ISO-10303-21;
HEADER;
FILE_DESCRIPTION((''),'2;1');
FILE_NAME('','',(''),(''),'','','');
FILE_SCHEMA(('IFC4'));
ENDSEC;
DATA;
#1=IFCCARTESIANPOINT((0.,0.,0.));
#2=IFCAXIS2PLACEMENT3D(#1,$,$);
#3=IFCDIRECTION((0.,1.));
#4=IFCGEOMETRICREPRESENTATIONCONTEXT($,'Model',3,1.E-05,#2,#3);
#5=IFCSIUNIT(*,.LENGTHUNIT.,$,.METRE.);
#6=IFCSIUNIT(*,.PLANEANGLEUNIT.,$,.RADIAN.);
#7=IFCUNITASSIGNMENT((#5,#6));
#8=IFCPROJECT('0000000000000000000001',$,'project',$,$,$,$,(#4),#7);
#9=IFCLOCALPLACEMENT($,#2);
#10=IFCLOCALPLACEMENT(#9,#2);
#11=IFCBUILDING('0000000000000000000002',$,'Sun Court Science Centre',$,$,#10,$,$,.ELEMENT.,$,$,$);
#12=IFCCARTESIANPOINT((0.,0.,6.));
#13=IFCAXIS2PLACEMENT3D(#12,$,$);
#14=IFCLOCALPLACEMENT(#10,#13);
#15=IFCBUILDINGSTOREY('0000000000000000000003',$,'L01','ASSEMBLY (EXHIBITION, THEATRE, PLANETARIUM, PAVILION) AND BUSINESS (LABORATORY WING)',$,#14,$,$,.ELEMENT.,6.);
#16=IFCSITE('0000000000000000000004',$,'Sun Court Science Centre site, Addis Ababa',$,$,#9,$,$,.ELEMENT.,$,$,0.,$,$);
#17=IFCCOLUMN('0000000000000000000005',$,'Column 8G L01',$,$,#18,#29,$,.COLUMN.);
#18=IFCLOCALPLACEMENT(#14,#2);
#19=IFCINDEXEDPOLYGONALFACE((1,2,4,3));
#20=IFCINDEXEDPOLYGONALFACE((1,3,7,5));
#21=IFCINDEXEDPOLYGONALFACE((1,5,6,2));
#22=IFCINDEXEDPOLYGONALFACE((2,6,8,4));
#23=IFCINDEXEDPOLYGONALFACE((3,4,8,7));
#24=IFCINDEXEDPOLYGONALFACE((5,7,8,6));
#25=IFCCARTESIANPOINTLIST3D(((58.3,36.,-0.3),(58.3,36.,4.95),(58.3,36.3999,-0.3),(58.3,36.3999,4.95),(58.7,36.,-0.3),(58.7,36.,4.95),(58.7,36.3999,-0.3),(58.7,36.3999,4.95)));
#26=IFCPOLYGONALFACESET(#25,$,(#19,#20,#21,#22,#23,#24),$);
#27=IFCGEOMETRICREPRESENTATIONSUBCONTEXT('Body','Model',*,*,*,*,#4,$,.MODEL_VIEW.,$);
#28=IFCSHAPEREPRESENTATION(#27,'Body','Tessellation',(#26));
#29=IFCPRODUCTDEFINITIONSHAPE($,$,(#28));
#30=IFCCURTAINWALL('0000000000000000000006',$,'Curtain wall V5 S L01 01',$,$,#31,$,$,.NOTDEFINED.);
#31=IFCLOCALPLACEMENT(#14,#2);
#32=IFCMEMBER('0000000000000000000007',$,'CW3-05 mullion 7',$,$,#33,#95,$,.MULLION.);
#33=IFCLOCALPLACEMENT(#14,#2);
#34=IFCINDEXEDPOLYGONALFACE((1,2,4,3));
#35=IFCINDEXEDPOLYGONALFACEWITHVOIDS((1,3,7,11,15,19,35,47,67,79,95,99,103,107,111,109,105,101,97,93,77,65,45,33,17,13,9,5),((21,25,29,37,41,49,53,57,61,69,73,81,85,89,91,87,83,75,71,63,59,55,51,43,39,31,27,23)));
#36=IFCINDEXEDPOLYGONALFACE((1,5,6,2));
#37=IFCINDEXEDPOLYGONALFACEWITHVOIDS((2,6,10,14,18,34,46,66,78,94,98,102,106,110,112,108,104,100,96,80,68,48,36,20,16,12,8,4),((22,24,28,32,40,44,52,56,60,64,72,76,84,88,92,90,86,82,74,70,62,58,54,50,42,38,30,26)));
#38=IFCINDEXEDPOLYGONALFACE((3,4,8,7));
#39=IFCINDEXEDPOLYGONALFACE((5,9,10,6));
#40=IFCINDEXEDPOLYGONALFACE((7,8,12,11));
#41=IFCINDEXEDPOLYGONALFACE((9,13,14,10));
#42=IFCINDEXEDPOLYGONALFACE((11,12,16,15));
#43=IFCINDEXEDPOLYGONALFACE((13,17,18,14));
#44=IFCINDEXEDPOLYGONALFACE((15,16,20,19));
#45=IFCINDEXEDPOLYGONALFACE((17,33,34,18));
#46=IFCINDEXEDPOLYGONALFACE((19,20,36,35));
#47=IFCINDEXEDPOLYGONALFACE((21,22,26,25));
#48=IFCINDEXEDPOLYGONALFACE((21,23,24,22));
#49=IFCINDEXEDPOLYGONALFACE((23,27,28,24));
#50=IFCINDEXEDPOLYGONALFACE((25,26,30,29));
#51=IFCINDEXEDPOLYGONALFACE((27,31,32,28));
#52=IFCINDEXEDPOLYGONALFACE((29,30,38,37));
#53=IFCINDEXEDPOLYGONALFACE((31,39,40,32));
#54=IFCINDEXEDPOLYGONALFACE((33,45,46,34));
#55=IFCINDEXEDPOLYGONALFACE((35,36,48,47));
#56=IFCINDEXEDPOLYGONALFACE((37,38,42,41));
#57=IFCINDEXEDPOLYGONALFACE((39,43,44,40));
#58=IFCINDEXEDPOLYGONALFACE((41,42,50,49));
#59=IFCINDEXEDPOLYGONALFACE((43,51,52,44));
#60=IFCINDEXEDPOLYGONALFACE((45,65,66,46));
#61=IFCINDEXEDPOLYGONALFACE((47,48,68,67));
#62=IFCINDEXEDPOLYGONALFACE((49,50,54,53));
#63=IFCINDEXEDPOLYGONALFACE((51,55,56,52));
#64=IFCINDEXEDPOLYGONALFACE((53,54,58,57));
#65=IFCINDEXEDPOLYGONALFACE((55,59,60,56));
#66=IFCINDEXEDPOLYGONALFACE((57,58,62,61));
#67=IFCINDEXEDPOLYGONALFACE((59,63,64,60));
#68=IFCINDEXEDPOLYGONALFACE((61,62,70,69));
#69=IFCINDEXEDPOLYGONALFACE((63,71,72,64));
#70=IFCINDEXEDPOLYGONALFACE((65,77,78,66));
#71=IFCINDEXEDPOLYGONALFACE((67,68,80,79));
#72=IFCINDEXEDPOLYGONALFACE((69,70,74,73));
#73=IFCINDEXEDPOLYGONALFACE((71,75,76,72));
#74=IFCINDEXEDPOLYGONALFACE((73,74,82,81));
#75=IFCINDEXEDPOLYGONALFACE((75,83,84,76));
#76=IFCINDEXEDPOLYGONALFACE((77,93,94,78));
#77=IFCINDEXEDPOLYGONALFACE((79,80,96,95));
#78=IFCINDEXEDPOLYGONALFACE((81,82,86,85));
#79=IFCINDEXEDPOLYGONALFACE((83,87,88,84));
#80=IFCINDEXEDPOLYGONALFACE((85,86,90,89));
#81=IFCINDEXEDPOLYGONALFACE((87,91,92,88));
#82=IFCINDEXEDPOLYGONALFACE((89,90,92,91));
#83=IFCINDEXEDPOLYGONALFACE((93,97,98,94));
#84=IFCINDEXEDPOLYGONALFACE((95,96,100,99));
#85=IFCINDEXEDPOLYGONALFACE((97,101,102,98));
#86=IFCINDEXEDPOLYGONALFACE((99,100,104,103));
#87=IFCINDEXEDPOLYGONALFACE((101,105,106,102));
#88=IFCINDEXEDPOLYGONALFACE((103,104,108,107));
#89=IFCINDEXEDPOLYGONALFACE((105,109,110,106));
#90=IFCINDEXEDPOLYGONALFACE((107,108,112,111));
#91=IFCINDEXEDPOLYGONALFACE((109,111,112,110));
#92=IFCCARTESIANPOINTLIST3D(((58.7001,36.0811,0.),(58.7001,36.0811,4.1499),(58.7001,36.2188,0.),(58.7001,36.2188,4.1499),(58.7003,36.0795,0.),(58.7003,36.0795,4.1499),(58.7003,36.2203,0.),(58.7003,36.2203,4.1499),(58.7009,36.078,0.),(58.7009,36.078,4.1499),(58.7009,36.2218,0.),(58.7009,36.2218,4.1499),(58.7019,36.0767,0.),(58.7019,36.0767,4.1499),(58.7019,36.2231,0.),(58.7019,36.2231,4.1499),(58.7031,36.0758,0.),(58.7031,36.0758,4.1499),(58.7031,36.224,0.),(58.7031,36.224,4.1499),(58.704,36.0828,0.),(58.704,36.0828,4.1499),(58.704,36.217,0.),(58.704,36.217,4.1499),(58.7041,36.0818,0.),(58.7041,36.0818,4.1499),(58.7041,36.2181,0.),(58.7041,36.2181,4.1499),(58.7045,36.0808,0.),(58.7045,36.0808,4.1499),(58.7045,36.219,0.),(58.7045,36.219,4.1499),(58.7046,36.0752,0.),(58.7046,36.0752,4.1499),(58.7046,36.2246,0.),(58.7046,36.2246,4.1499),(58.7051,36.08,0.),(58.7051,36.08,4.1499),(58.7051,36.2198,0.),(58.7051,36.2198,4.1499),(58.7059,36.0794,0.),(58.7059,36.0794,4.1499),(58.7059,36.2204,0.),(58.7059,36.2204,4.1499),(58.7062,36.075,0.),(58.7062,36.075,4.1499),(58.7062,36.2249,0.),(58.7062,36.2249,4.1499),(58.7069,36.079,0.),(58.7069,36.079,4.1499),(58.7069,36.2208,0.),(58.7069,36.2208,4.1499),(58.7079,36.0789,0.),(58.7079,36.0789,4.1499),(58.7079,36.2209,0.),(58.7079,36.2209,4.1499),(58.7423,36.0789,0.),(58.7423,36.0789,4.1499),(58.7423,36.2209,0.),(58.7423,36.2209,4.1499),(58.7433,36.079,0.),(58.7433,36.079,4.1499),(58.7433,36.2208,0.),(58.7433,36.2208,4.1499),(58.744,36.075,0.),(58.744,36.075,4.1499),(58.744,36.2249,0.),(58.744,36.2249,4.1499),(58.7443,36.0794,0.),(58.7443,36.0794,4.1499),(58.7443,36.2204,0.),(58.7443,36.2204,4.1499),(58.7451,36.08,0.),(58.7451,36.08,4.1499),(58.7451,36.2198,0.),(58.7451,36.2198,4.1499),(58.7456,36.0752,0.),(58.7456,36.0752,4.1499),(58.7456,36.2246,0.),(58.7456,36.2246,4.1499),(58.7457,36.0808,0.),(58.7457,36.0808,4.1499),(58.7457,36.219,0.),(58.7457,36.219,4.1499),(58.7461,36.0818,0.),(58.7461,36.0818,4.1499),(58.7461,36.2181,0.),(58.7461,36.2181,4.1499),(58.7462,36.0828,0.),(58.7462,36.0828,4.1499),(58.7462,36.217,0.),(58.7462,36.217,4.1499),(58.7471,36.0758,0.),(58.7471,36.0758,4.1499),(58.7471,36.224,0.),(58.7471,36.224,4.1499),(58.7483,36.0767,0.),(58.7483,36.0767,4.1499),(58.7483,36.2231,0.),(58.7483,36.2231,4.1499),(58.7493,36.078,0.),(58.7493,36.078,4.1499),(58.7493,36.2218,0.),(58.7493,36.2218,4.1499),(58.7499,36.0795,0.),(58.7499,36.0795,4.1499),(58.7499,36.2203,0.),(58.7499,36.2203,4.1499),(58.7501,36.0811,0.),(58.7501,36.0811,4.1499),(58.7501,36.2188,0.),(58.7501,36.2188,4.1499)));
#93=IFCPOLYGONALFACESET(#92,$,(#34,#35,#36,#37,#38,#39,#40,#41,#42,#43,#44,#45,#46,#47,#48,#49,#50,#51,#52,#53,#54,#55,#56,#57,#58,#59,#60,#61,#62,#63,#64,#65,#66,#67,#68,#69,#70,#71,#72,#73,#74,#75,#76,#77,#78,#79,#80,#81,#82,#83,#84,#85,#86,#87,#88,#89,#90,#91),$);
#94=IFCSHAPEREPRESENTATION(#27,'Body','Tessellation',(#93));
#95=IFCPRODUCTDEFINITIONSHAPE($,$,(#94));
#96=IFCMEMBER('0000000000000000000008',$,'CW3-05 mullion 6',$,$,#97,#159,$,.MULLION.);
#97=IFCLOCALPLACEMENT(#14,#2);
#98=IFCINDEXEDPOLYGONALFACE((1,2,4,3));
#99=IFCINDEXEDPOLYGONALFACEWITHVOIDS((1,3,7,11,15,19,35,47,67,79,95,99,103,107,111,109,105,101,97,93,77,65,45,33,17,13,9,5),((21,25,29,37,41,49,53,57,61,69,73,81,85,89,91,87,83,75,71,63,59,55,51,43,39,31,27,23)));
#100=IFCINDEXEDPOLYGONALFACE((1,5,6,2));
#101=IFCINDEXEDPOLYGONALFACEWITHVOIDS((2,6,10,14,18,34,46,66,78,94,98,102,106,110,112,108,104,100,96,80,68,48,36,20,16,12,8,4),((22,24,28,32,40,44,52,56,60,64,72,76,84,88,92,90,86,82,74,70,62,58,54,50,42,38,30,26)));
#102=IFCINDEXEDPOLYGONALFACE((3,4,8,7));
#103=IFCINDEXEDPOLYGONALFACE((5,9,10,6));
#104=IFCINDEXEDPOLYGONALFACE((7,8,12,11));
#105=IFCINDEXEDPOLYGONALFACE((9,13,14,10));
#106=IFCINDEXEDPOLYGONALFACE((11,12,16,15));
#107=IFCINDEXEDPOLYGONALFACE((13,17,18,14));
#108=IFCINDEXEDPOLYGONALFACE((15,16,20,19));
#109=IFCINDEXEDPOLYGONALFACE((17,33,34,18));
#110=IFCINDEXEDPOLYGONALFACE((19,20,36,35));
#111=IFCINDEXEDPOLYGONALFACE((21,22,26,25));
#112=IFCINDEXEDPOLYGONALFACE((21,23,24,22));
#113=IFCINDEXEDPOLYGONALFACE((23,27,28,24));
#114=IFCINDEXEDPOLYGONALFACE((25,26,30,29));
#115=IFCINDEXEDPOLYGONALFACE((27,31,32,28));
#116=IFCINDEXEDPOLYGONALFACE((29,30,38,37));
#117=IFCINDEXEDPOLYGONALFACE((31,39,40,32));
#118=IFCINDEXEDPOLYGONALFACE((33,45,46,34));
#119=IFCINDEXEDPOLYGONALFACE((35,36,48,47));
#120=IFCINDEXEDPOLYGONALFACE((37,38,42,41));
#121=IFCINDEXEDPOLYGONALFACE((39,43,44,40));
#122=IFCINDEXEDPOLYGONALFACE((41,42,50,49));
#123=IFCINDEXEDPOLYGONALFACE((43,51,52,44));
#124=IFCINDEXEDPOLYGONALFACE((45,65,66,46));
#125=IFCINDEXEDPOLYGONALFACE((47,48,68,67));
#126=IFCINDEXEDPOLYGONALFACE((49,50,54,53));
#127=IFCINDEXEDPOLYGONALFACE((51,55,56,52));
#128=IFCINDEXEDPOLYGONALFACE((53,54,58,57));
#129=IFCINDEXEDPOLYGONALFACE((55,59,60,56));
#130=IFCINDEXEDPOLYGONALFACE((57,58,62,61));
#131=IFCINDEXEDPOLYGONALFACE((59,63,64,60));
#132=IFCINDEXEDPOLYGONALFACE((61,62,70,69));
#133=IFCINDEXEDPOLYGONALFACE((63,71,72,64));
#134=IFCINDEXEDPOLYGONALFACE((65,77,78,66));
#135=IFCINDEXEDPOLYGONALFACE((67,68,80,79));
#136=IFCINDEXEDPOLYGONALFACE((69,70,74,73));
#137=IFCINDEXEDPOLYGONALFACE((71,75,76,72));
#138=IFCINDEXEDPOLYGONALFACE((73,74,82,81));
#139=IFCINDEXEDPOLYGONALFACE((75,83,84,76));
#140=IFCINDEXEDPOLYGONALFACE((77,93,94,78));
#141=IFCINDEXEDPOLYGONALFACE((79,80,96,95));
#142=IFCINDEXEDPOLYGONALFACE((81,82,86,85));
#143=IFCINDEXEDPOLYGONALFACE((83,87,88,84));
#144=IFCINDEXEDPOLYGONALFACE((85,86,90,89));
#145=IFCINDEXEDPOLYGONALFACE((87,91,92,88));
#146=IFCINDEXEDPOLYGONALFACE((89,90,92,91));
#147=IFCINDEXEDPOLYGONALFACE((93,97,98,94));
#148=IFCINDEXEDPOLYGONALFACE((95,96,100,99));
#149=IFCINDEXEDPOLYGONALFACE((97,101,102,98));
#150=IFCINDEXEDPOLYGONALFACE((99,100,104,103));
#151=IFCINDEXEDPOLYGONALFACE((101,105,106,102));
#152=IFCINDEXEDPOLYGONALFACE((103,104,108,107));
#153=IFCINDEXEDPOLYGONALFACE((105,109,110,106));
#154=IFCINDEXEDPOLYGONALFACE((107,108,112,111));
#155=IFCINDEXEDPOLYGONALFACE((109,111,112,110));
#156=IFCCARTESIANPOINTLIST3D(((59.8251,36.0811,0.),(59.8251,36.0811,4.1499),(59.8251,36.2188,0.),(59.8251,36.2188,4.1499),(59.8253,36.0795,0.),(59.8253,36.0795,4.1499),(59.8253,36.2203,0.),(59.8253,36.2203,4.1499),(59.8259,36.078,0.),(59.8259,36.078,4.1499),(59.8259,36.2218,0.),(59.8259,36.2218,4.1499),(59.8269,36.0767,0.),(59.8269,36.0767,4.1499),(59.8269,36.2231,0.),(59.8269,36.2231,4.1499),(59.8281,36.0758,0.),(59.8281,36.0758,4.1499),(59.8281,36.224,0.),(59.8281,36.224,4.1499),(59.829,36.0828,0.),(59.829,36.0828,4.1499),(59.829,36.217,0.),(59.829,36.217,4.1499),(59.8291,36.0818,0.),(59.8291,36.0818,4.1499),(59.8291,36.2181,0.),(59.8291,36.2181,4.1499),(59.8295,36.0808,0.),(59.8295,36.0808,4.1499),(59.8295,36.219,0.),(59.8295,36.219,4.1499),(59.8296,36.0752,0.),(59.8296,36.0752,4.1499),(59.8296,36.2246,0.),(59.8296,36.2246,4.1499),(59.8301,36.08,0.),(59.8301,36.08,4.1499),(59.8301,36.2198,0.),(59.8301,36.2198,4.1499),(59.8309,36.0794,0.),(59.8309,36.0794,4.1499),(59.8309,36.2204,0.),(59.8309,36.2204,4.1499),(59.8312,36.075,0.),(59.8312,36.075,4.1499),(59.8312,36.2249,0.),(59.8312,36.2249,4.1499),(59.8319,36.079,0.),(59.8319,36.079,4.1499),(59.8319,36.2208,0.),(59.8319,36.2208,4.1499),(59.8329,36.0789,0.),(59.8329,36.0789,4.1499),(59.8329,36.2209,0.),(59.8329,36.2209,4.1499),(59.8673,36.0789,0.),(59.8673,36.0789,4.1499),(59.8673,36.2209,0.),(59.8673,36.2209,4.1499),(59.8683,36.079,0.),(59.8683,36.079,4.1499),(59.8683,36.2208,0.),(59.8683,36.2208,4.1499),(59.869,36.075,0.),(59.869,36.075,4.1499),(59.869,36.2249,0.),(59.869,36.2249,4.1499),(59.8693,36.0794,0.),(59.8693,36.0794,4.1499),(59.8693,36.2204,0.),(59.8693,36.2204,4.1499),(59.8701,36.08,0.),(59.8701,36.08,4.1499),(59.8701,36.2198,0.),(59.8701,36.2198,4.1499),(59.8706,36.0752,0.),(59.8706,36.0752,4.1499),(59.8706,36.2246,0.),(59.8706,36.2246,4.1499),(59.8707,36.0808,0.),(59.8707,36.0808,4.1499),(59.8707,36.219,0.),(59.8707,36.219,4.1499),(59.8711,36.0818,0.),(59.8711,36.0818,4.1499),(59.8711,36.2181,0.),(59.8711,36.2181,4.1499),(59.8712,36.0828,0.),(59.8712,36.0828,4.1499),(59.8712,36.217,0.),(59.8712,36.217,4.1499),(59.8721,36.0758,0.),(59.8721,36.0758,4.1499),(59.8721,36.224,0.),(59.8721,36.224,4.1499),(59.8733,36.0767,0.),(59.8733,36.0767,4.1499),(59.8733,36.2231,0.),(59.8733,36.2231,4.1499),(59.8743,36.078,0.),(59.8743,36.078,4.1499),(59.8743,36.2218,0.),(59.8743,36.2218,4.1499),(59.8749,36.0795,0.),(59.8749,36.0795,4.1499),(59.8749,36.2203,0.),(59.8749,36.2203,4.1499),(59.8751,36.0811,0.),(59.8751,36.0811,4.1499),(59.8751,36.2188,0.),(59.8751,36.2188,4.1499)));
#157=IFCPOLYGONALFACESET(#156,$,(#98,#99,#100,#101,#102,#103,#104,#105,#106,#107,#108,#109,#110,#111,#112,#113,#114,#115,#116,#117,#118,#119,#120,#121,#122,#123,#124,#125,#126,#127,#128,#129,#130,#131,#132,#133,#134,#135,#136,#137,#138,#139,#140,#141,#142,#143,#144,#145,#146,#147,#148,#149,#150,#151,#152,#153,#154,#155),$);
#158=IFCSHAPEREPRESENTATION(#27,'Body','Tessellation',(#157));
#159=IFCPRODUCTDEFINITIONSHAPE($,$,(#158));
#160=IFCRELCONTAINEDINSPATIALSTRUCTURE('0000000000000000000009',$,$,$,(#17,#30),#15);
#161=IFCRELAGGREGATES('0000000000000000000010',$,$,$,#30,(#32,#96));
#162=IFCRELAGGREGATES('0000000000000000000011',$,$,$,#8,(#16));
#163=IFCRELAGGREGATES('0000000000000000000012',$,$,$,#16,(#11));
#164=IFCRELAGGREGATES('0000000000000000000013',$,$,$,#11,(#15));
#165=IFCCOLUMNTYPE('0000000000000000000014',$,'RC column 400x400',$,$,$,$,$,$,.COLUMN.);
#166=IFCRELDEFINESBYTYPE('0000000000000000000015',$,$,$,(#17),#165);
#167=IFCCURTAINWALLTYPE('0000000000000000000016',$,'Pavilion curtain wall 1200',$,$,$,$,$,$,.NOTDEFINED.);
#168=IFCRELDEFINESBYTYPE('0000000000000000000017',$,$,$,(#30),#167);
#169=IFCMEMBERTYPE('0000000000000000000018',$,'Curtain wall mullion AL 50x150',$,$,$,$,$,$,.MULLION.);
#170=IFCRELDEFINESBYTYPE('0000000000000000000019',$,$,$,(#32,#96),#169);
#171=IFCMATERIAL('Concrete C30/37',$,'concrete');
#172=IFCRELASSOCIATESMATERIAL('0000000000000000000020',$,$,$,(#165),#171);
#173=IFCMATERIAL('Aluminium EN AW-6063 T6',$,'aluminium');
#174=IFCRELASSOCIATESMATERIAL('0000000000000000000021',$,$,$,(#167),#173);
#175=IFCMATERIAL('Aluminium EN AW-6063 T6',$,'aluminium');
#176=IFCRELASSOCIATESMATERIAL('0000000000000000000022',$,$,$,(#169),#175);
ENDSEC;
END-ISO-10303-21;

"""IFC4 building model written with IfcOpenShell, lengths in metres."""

from ifc_helpers import new_model, si_unit, direction, frame, origin, origin_2d, place, context, subcontext, project, spatial, rectangle, hollow_rectangle, extrude, material, material_profile, profile_set, type_object, element, aggregate, save


model = new_model("IFC4")

# Units and contexts
model_context = context("Model", 3, precision=1e-05, world=origin(), true_north=direction((0.0, 1.0)))
body_context = subcontext(model_context, "Body", "Model", "MODEL_VIEW")
ifc_project = project(units=[si_unit("LENGTHUNIT", "METRE"), si_unit("PLANEANGLEUNIT", "RADIAN")], contexts=[model_context])

# Site, building, storey
site_placement = place(None, origin())
site = spatial("IfcSite", under=ifc_project, at=site_placement, Name="Sun Court Science Centre site, Addis Ababa", CompositionType="ELEMENT", RefElevation=0.0)
building_placement = place(site_placement, origin())
building = spatial("IfcBuilding", under=site, at=building_placement, Name="Sun Court Science Centre", CompositionType="ELEMENT")
storey_placement = place(building_placement, frame((0.0, 0.0, 6.0)))
storey = spatial("IfcBuildingStorey", under=building, at=storey_placement, Name="L01", Description="ASSEMBLY (EXHIBITION, THEATRE, PLANETARIUM, PAVILION) AND BUSINESS (LABORATORY WING)", CompositionType="ELEMENT", Elevation=6.0)

# Column
ifc_material_1 = material(Name="Concrete C30/37", Category="concrete")
ifc_material_profile_1 = material_profile(ifc_material_1, rectangle(XDim=0.3999, YDim=0.3999, at=origin_2d()), Name="RC 400x400")
ifc_profile_set_1 = profile_set([ifc_material_profile_1], Name="Concrete C30/37")
column_type = type_object("IfcColumnType", Name="RC column 400x400", PredefinedType="COLUMN", material=ifc_profile_set_1)
column_placement = place(storey_placement, frame((58.5, 36.2, -0.3), z_axis=(0.0, 0.0, 1.0), x_axis=(1.0, 0.0, 0.0)))
element("IfcColumn", 1, at=column_placement, inside=storey, type_object=column_type, Name="Column 8G L01", PredefinedType="COLUMN", context=body_context, shape_type="SweptSolid", body=[
    extrude(rectangle(XDim=0.3999, YDim=0.3999, at=origin_2d()), origin(), (0.0, 0.0, 1.0), 5.25),
])

# Curtain wall, members
ifc_material_2 = material(Name="Aluminium EN AW-6063 T6", Category="aluminium")
curtain_wall_type = type_object("IfcCurtainWallType", Name="Pavilion curtain wall 1200", PredefinedType="NOTDEFINED", material=ifc_material_2)
curtain_wall_1_placement = place(storey_placement, origin())
curtain_wall_1 = element("IfcCurtainWall", 2, at=curtain_wall_1_placement, inside=storey, type_object=curtain_wall_type, Name="Curtain wall V5 S L01 01", PredefinedType="NOTDEFINED")
ifc_material_3 = material(Name="Aluminium EN AW-6063 T6", Category="aluminium")
ifc_material_profile_2 = material_profile(ifc_material_3, hollow_rectangle(XDim=0.05, YDim=0.1499, WallThickness=0.0039, InnerFilletRadius=0.0039, OuterFilletRadius=0.0061, at=origin_2d()), Name="AL 50x150x4")
ifc_profile_set_2 = profile_set([ifc_material_profile_2], Name="Aluminium EN AW-6063 T6")
member_type_1 = type_object("IfcMemberType", Name="Curtain wall mullion AL 50x150", PredefinedType="MULLION", material=ifc_profile_set_2)
member_1_placement = place(storey_placement, frame((58.7251, 36.1499, 0.0), z_axis=(0.0, 0.0, 1.0), x_axis=(-1.0, 0.0, 0.0)))
member_1 = element("IfcMember", 3, at=member_1_placement, type_object=member_type_1, Name="CW3-05 mullion 7", PredefinedType="MULLION", context=body_context, shape_type="SweptSolid", body=[
    extrude(hollow_rectangle(XDim=0.05, YDim=0.1499, WallThickness=0.0039, InnerFilletRadius=0.0039, OuterFilletRadius=0.0061, at=origin_2d()), origin(), (0.0, 0.0, 1.0), 4.1499),
])
member_2_placement = place(storey_placement, frame((59.8501, 36.1499, 0.0), z_axis=(0.0, 0.0, 1.0), x_axis=(-1.0, 0.0, 0.0)))
member_2 = element("IfcMember", 4, at=member_2_placement, type_object=member_type_1, Name="CW3-05 mullion 6", PredefinedType="MULLION", context=body_context, shape_type="SweptSolid", body=[
    extrude(hollow_rectangle(XDim=0.05, YDim=0.1499, WallThickness=0.0039, InnerFilletRadius=0.0039, OuterFilletRadius=0.0061, at=origin_2d()), origin(), (0.0, 0.0, 1.0), 4.1499),
])

aggregate(curtain_wall_1, [member_1, member_2])

save(model, "model.ifc")
